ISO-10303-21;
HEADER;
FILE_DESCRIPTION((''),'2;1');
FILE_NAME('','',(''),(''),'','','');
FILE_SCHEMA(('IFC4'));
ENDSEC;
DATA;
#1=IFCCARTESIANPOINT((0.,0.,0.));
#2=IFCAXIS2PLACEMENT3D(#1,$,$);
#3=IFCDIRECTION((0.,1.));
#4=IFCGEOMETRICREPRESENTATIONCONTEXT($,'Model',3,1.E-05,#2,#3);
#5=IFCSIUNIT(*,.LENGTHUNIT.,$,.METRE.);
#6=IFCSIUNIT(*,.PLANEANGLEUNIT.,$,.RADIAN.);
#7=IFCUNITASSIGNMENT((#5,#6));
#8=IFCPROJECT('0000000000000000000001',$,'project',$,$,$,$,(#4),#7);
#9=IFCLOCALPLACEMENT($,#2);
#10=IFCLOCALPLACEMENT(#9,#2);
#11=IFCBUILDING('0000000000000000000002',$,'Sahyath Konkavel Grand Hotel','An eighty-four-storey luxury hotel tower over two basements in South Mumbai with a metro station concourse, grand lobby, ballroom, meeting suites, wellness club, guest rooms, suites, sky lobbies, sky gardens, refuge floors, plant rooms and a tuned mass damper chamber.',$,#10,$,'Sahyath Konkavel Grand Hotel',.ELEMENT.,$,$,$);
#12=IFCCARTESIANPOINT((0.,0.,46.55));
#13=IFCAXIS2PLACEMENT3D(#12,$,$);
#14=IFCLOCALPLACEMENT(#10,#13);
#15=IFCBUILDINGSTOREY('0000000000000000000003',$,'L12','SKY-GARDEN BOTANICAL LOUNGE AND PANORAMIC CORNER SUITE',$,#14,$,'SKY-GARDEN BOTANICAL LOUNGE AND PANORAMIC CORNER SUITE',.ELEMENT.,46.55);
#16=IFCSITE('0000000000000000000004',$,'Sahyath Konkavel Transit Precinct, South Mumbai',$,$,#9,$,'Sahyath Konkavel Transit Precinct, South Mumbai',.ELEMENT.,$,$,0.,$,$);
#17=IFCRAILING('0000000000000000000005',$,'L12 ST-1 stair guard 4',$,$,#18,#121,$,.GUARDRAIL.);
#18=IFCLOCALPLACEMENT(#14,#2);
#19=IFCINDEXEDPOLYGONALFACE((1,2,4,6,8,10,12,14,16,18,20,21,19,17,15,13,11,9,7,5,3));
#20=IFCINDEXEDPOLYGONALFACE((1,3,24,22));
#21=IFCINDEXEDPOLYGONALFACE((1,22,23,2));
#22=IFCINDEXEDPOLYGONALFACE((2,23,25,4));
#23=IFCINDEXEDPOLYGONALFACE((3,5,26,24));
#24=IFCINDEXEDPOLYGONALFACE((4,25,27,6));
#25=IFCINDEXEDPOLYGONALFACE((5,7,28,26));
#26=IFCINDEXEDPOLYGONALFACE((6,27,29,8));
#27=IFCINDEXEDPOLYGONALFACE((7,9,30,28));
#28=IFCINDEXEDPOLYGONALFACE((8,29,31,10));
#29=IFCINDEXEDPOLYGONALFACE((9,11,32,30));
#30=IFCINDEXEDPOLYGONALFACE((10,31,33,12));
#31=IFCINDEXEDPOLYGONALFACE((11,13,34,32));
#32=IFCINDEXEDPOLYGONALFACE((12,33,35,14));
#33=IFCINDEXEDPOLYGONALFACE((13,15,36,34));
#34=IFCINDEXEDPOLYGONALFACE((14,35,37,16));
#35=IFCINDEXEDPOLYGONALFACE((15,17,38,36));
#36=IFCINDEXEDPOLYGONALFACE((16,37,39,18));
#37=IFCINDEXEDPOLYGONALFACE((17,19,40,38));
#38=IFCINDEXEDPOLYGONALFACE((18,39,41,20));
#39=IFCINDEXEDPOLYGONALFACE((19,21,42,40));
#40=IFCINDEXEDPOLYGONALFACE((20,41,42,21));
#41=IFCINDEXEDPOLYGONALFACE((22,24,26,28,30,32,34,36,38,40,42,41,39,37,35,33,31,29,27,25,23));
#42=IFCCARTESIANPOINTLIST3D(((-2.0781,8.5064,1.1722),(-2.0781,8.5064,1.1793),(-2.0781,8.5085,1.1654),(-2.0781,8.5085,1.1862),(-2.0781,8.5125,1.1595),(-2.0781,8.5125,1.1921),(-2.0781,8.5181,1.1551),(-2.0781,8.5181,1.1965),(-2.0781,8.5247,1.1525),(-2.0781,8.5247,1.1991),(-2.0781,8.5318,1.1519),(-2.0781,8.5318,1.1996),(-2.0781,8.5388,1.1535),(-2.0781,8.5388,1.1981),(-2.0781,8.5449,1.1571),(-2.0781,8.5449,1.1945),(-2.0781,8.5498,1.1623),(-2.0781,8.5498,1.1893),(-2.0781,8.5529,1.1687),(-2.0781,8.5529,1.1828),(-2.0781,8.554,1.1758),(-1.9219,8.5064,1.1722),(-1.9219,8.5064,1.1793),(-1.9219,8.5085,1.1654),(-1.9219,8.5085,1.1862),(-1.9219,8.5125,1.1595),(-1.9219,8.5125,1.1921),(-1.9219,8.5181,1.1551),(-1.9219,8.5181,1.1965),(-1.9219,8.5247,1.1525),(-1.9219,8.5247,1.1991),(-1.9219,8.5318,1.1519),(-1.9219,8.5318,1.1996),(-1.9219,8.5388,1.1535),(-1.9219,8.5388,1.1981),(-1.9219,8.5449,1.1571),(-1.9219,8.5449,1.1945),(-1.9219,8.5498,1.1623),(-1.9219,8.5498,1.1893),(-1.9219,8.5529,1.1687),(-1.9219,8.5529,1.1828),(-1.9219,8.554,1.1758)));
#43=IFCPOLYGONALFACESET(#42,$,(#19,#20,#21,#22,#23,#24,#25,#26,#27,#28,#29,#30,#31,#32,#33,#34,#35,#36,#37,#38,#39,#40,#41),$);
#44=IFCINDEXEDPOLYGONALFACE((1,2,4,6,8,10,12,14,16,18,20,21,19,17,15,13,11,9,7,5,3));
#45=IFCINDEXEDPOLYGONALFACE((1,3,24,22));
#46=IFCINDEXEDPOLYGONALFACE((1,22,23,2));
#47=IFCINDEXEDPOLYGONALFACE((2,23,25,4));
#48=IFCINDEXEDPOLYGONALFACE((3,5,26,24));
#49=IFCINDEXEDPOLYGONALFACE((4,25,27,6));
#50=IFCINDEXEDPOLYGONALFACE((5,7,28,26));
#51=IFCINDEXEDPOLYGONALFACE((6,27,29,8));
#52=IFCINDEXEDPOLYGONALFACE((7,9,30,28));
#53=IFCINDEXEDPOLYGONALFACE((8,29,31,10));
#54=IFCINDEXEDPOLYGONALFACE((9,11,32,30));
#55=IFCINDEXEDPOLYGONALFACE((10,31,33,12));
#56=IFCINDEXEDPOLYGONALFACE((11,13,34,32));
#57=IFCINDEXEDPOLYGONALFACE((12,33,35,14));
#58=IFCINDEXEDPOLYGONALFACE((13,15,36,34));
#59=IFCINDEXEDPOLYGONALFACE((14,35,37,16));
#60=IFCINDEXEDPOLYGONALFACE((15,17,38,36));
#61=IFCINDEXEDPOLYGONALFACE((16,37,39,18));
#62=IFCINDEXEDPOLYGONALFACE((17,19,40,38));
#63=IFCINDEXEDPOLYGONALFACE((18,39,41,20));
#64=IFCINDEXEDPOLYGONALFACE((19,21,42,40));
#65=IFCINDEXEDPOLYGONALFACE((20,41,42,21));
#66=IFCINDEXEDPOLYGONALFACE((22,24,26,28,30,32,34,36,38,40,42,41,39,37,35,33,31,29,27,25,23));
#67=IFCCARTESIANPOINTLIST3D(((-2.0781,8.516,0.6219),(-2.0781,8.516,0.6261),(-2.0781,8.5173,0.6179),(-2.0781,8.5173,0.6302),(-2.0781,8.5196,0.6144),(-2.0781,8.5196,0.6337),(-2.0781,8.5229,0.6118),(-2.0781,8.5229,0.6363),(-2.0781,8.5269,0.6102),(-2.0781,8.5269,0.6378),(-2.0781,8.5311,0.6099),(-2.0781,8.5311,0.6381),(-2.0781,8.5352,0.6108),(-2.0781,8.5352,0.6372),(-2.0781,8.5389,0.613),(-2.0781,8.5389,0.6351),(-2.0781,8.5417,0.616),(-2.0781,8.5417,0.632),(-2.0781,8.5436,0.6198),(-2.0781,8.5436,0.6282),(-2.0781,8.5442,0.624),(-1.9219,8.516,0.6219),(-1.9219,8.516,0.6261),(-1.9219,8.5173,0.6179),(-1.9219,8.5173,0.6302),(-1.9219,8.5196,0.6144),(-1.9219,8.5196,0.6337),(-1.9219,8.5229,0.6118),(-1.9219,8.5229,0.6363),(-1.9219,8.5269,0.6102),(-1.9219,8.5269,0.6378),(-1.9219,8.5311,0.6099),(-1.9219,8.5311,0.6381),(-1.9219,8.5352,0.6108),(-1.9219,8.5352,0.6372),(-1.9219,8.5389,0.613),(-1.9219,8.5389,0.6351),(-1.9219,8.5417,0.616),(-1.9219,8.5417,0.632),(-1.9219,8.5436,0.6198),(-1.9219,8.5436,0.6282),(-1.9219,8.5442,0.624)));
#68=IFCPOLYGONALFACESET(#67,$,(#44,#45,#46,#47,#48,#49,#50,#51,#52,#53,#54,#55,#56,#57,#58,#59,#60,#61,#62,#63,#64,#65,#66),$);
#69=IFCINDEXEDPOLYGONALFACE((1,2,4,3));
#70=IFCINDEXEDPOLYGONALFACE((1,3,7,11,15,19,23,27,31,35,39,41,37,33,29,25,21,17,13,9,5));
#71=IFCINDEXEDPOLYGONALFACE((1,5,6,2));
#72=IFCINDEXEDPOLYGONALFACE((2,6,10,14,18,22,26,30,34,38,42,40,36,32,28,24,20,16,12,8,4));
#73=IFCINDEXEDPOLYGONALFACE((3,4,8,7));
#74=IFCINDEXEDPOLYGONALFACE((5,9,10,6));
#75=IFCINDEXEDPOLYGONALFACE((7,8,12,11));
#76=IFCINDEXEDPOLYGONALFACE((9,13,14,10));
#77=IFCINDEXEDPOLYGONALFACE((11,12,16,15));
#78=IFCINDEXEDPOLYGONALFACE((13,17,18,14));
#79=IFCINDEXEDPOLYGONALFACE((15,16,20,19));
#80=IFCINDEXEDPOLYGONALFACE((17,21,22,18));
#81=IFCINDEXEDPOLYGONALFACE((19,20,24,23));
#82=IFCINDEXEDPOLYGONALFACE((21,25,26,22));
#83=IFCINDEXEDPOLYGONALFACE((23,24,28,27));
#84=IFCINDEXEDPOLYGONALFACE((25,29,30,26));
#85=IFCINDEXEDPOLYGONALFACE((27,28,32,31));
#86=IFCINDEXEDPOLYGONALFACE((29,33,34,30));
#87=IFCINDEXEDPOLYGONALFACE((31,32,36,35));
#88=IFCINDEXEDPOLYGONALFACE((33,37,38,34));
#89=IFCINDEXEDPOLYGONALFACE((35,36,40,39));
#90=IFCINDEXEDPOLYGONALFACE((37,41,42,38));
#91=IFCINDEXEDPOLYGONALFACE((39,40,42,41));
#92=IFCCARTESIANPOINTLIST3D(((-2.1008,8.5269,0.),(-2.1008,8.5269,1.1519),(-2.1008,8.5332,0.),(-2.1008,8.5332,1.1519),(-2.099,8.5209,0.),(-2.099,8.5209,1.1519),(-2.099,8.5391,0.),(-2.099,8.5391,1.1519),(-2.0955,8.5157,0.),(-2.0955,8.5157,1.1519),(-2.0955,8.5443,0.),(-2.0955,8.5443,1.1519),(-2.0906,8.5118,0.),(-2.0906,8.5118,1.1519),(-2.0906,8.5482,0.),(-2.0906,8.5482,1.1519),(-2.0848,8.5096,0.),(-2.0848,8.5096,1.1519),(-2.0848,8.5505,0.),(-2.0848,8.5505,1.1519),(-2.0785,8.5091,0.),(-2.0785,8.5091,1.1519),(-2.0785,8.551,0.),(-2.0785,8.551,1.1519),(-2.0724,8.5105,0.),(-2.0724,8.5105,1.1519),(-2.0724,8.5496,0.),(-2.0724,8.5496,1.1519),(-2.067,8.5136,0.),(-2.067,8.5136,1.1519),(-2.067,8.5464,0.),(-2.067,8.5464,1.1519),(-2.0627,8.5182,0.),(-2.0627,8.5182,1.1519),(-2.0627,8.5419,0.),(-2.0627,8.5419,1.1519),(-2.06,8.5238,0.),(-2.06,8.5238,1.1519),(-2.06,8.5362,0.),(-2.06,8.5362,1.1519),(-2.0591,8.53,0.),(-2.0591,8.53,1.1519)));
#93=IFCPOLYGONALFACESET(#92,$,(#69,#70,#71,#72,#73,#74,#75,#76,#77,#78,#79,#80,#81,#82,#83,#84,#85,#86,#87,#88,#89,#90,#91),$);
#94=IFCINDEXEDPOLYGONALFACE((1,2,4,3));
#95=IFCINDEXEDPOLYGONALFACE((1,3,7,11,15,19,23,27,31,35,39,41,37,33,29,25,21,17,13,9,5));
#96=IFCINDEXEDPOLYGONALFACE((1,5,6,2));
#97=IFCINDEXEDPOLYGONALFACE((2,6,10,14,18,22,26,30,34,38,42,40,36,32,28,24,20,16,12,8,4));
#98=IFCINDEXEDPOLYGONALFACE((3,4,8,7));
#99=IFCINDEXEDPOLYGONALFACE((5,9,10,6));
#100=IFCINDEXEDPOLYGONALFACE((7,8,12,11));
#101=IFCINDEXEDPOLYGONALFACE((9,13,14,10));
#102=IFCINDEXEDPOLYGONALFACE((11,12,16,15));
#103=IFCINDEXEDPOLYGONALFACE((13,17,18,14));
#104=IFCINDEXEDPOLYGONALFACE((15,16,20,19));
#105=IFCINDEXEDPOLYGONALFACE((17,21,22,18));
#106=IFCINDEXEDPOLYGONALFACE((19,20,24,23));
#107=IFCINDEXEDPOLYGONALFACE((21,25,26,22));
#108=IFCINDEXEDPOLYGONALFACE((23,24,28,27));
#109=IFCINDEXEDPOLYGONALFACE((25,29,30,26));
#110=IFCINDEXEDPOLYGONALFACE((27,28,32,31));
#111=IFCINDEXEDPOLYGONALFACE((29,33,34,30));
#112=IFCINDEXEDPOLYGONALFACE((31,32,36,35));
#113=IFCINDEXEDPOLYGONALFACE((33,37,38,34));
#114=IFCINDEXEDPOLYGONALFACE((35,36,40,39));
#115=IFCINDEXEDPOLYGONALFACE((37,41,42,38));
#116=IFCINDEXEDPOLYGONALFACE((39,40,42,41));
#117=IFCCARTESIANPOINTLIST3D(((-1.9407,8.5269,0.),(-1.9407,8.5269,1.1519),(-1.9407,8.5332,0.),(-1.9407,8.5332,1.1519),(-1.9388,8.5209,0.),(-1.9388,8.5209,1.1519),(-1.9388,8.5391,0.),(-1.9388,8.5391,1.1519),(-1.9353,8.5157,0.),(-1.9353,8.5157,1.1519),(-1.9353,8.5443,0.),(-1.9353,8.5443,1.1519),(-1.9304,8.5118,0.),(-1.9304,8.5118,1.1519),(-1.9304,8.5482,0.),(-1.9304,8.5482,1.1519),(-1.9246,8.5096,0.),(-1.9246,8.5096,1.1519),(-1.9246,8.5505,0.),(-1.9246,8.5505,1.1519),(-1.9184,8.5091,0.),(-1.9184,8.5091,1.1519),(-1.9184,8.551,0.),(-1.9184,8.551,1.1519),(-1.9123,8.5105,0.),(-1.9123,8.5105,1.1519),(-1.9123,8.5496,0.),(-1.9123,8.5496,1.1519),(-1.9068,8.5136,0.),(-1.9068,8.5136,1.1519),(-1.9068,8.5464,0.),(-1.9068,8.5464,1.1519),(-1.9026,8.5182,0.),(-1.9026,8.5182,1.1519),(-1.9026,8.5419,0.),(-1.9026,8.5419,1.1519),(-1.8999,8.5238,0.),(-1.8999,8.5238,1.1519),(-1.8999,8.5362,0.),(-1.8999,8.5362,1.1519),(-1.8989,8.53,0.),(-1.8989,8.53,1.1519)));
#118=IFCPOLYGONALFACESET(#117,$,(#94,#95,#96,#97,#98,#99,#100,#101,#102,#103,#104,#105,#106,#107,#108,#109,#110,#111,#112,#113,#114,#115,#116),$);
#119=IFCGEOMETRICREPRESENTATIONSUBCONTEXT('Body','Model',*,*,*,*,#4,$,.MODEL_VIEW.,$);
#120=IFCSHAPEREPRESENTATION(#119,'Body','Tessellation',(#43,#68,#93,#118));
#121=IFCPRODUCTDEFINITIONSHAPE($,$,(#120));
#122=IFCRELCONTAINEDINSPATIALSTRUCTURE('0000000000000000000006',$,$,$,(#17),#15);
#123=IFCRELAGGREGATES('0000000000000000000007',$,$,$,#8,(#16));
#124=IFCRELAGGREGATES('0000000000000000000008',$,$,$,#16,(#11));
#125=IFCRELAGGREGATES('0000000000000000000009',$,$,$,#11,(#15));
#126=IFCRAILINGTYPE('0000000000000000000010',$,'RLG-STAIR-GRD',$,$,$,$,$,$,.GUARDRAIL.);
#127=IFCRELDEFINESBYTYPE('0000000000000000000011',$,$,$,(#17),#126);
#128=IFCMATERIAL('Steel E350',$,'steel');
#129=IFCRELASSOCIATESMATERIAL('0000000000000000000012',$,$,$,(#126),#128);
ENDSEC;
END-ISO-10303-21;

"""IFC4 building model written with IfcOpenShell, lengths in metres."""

from ifc_helpers import new_model, si_unit, direction, frame, origin, origin_2d, place, context, subcontext, project, spatial, circle, extrude, material, type_object, element, save


model = new_model("IFC4")

# Units and contexts
model_context = context("Model", 3, precision=1e-05, world=origin(), true_north=direction((0.0, 1.0)))
body_context = subcontext(model_context, "Body", "Model", "MODEL_VIEW")
ifc_project = project(units=[si_unit("LENGTHUNIT", "METRE"), si_unit("PLANEANGLEUNIT", "RADIAN")], contexts=[model_context])

# Site, building, storey
site_placement = place(None, origin())
site = spatial("IfcSite", under=ifc_project, at=site_placement, Name="Sahyath Konkavel Transit Precinct, South Mumbai", LongName="Sahyath Konkavel Transit Precinct, South Mumbai", CompositionType="ELEMENT", RefElevation=0.0)
building_placement = place(site_placement, origin())
building = spatial("IfcBuilding", under=site, at=building_placement, Name="Sahyath Konkavel Grand Hotel", Description="An eighty-four-storey luxury hotel tower over two basements in South Mumbai with a metro station concourse, grand lobby, ballroom, meeting suites, wellness club, guest rooms, suites, sky lobbies, sky gardens, refuge floors, plant rooms and a tuned mass damper chamber.", LongName="Sahyath Konkavel Grand Hotel", CompositionType="ELEMENT")
storey_placement = place(building_placement, frame((0.0, 0.0, 46.55)))
storey = spatial("IfcBuildingStorey", under=building, at=storey_placement, Name="L12", Description="SKY-GARDEN BOTANICAL LOUNGE AND PANORAMIC CORNER SUITE", LongName="SKY-GARDEN BOTANICAL LOUNGE AND PANORAMIC CORNER SUITE", CompositionType="ELEMENT", Elevation=46.55)

# Shared definitions
ifc_material_1 = material(Name="Steel E350", Category="steel")

# Railing
railing_type_1 = type_object("IfcRailingType", Name="RLG-STAIR-GRD", PredefinedType="GUARDRAIL", material=ifc_material_1)
railing_1_placement = place(storey_placement, frame((-2.0801, 8.53, 0.0)))
element("IfcRailing", 1, at=railing_1_placement, inside=storey, type_object=railing_type_1, Name="L12 ST-1 stair guard 4", PredefinedType="GUARDRAIL", context=body_context, shape_type="SweptSolid", body=[
    extrude(circle(Radius=0.0239, at=origin_2d()), frame((0.002, 0.0, 1.1758), z_axis=(1.0, 0.0, 0.0), x_axis=(0.0, 1.0, 0.0)), (0.0, 0.0, 1.0), 0.1562),
    extrude(circle(Radius=0.0142, at=origin_2d()), frame((0.002, 0.0, 0.624), z_axis=(1.0, 0.0, 0.0), x_axis=(0.0, 1.0, 0.0)), (0.0, 0.0, 1.0), 0.1562),
    extrude(circle(Radius=0.021, at=origin_2d()), origin(), (0.0, 0.0, 1.0), 1.1519),
    extrude(circle(Radius=0.021, at=origin_2d()), frame((0.1602, 0.0, 0.0)), (0.0, 0.0, 1.0), 1.1519),
])

save(model, "model.ifc")
